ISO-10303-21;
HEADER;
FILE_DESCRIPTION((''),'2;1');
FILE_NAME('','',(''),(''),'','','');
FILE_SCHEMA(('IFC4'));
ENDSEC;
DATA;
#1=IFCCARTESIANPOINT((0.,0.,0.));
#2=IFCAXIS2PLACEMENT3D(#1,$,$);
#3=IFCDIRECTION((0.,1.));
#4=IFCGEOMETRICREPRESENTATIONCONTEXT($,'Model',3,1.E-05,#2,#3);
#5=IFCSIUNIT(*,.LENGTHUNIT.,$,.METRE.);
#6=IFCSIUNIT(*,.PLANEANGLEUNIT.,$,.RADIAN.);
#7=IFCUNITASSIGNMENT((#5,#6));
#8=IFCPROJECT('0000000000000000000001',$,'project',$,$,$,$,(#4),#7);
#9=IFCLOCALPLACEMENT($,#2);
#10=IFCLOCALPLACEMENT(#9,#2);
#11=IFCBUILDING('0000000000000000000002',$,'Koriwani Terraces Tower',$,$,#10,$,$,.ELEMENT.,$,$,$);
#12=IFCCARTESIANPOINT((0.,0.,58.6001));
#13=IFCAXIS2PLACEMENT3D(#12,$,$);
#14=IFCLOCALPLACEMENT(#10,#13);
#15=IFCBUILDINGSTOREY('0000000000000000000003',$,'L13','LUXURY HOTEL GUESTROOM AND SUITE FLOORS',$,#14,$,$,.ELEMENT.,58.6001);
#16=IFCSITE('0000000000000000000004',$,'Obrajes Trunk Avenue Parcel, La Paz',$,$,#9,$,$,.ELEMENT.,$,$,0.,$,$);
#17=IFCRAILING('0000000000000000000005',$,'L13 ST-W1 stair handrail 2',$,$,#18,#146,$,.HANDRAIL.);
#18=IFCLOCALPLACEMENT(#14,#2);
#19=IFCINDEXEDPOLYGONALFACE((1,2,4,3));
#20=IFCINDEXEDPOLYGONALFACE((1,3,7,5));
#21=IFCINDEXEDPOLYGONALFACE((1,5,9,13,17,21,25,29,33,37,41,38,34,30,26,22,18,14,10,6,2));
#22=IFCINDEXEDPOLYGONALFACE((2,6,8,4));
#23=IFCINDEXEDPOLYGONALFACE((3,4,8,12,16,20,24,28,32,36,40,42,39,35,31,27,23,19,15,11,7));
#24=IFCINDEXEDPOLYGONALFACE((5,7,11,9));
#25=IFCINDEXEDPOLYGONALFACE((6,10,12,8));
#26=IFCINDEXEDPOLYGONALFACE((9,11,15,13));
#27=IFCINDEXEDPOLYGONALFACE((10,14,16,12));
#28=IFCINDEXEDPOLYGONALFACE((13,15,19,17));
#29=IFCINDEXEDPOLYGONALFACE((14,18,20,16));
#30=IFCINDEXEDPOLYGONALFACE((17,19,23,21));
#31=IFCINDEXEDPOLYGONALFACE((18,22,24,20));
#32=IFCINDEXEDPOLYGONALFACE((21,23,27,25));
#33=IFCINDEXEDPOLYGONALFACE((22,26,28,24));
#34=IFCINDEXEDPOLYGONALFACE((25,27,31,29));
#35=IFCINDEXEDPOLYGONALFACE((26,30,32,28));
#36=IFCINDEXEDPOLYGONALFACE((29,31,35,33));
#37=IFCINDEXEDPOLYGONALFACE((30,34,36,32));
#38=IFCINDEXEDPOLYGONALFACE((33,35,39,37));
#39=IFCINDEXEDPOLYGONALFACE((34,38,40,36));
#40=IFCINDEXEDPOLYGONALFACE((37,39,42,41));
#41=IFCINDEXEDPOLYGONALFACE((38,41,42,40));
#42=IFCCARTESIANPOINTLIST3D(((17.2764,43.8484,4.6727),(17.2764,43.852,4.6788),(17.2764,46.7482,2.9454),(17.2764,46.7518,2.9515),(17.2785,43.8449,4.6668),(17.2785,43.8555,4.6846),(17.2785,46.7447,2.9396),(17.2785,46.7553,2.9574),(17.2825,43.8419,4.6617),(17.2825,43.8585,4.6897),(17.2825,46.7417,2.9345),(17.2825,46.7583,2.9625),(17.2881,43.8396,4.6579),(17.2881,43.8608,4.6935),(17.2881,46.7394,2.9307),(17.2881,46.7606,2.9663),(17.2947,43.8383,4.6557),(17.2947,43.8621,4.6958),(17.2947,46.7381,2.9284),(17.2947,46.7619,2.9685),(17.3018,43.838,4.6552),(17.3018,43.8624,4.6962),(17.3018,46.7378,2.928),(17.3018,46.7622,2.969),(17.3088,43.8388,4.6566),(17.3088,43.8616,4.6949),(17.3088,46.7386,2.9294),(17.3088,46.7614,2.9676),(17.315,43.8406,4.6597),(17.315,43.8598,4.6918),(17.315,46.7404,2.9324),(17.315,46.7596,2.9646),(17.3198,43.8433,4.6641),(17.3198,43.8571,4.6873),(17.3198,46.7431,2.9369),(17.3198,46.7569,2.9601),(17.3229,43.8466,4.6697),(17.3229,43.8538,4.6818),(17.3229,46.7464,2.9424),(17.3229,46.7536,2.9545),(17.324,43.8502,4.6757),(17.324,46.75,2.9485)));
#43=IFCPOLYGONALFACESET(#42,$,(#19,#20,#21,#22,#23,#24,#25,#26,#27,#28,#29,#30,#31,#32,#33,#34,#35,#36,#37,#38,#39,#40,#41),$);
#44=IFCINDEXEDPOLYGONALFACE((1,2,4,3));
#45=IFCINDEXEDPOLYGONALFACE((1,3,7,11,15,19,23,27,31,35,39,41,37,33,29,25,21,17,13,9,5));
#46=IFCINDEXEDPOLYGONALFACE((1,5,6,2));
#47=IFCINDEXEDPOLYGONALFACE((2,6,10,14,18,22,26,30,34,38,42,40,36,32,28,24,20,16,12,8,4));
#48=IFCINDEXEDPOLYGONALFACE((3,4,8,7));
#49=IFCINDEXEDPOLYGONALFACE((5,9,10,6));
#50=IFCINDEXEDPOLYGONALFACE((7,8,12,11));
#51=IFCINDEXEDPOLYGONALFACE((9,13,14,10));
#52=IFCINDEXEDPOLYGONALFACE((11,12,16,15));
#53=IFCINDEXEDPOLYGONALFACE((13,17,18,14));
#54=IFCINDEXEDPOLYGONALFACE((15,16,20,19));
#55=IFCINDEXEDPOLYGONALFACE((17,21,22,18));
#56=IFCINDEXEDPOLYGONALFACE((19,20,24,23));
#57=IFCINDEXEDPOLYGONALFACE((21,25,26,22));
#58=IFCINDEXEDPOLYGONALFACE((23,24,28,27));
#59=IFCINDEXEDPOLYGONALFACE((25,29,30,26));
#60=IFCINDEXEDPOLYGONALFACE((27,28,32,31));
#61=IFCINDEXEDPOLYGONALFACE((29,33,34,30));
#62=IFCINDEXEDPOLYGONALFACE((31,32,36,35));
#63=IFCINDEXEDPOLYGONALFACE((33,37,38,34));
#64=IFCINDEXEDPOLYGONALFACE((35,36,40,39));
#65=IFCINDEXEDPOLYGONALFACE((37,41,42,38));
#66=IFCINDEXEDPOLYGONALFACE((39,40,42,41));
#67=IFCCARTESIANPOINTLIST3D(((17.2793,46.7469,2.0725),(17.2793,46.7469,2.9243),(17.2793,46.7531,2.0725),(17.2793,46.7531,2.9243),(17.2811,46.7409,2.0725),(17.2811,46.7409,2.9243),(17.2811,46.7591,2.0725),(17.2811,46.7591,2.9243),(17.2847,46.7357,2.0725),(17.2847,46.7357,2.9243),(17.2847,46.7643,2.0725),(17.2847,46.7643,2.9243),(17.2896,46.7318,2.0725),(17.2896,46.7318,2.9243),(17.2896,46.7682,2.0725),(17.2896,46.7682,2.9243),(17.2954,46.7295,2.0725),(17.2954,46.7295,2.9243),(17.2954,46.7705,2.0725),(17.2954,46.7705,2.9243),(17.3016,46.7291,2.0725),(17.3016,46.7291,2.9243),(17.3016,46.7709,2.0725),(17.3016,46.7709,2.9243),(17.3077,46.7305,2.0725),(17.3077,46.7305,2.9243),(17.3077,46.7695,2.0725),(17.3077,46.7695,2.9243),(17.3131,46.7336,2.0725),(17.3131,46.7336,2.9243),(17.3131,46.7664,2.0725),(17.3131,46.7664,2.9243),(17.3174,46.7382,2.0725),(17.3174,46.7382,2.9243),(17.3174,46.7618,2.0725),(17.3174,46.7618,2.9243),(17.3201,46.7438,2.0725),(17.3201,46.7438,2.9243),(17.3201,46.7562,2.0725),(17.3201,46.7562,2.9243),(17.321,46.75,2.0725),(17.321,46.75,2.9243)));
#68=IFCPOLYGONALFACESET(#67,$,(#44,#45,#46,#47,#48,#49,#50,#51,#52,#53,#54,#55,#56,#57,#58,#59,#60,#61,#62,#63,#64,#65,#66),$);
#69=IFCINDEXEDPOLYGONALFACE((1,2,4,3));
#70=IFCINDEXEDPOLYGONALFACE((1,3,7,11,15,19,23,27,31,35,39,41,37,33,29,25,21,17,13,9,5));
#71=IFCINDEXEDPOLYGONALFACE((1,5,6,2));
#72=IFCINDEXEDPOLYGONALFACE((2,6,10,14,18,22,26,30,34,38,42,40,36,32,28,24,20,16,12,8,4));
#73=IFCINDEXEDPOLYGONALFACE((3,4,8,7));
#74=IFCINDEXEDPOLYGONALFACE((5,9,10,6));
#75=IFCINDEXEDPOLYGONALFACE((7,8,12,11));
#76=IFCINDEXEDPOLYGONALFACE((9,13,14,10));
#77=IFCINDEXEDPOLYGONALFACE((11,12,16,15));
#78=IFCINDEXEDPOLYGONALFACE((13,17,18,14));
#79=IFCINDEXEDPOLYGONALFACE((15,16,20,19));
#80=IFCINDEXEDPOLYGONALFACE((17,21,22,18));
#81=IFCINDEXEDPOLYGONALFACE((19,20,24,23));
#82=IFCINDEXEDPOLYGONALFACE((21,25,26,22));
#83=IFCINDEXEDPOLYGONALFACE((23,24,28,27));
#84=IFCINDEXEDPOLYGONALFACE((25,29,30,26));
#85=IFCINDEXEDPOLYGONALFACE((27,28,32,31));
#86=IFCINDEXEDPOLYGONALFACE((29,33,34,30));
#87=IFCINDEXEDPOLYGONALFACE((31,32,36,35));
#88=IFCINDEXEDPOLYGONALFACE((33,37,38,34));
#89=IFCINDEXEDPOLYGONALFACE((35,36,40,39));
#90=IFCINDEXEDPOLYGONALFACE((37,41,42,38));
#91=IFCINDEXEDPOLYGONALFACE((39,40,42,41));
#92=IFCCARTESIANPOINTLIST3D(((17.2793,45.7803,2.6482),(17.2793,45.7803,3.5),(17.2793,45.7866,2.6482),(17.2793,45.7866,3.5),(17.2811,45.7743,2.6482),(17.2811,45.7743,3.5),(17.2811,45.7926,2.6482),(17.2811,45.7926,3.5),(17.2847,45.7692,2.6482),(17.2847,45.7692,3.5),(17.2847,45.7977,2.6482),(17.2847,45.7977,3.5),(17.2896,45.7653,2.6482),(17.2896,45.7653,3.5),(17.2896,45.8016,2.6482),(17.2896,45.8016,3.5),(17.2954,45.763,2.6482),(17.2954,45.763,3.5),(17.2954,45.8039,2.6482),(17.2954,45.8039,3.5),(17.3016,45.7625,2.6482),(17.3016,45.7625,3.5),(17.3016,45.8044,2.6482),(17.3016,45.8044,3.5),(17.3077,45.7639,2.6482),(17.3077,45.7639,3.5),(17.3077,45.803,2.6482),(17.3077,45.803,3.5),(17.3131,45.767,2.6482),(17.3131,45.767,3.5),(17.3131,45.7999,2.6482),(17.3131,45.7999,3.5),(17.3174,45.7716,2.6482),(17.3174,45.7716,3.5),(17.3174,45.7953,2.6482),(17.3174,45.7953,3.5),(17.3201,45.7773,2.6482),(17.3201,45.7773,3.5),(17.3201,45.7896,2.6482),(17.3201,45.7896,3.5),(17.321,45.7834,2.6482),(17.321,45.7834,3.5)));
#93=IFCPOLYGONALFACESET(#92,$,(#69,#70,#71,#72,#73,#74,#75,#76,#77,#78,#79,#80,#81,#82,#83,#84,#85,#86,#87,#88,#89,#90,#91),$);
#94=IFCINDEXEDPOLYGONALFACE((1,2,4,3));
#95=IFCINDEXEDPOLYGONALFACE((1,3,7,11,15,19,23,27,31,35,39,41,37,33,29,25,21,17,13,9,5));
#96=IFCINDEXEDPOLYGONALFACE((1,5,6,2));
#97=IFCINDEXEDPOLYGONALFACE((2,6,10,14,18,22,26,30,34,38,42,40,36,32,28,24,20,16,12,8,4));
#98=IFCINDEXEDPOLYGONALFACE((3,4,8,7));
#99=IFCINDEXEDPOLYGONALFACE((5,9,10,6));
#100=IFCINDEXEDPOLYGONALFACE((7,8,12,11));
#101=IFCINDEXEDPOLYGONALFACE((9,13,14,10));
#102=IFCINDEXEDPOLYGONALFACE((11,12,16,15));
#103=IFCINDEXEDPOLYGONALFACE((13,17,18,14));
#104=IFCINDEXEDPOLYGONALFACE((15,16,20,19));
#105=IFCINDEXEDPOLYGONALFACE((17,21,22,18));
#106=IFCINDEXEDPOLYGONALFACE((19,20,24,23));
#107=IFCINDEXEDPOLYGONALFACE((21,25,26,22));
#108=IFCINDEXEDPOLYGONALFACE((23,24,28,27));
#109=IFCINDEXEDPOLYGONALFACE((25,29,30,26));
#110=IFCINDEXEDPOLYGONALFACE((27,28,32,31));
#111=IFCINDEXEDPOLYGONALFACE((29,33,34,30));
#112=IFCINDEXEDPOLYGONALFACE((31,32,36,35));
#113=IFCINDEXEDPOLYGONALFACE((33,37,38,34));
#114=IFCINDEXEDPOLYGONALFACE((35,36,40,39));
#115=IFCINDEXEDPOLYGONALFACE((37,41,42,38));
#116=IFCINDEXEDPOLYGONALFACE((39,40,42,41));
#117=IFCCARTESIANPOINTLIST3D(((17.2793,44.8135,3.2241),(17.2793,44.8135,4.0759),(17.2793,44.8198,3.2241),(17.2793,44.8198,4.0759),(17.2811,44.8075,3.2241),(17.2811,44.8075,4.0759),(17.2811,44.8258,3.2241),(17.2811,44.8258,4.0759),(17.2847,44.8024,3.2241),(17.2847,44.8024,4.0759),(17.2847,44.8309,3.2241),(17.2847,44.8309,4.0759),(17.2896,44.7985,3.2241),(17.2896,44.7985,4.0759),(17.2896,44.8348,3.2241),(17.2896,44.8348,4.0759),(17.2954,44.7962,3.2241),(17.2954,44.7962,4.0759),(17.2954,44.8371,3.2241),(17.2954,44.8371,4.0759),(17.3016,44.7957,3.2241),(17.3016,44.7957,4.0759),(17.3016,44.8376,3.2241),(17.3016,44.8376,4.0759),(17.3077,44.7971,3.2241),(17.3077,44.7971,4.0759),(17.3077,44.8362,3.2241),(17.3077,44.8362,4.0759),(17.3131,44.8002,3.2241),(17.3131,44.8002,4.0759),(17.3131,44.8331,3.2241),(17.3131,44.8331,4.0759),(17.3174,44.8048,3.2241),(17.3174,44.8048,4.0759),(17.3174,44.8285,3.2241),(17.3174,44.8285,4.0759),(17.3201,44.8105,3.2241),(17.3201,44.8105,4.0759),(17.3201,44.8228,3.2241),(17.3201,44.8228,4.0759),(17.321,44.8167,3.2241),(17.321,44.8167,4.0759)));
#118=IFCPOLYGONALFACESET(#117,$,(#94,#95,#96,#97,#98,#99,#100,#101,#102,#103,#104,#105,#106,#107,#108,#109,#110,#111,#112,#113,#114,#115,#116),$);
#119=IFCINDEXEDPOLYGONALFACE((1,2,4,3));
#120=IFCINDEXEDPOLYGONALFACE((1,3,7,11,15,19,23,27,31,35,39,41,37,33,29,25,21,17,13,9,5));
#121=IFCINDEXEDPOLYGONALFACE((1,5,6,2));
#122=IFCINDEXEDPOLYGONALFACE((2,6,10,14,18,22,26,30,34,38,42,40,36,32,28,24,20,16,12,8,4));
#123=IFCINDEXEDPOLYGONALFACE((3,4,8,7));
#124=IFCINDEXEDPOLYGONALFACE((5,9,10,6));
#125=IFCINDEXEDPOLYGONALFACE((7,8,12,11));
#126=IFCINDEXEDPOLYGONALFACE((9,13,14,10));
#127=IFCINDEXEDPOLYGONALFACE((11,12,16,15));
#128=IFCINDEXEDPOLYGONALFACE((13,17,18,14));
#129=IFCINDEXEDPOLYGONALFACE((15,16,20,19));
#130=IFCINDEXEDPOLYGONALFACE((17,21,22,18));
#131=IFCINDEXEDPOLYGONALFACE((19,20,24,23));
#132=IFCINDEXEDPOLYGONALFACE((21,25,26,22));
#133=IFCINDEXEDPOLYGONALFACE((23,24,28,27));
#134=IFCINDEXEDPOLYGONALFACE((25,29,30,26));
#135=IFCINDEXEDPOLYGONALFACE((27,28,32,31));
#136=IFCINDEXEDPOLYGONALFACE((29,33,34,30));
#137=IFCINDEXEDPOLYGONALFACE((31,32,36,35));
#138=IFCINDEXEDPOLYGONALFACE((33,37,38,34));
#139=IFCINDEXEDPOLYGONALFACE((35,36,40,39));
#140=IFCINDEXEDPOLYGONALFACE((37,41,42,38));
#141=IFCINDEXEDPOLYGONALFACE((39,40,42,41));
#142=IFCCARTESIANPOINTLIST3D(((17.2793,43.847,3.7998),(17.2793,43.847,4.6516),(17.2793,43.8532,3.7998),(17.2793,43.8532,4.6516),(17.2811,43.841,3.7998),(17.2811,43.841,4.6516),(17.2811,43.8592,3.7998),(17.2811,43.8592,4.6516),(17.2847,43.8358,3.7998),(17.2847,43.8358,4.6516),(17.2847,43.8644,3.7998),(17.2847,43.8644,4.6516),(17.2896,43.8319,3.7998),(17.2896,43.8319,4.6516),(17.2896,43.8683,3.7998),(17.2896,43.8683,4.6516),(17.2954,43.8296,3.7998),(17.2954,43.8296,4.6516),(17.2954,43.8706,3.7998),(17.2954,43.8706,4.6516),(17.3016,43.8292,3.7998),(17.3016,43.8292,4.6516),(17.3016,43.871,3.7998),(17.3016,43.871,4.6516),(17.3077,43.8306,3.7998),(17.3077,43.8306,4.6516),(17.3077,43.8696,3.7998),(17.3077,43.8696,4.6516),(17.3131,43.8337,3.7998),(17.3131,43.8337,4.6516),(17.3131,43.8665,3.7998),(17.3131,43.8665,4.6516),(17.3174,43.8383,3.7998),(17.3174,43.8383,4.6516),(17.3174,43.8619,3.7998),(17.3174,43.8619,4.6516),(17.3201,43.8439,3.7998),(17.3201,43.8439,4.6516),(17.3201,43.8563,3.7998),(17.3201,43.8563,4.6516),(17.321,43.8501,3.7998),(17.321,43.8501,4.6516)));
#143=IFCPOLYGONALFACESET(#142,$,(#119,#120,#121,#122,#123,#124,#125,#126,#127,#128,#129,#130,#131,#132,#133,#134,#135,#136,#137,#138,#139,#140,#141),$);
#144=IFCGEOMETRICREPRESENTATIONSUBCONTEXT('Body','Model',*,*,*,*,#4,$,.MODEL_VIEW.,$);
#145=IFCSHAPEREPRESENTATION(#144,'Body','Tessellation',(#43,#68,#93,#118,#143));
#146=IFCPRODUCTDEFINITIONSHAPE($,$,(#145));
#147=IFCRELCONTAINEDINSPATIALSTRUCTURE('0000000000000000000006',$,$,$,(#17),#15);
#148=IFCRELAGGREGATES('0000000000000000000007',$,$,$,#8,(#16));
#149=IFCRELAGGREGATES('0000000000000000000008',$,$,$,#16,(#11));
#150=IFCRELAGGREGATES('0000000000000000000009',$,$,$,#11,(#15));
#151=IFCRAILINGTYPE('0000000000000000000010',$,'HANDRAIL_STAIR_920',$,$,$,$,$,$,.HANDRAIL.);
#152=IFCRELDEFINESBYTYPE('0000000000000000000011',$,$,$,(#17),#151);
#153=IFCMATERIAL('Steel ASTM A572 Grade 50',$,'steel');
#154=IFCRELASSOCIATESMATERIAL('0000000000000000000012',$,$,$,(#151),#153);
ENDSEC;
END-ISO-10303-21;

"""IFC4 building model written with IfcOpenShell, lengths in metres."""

from ifc_helpers import new_model, si_unit, direction, frame, origin, origin_2d, place, context, subcontext, project, spatial, circle, extrude, material, type_object, element, save


model = new_model("IFC4")

# Units and contexts
model_context = context("Model", 3, precision=1e-05, world=origin(), true_north=direction((0.0, 1.0)))
body_context = subcontext(model_context, "Body", "Model", "MODEL_VIEW")
ifc_project = project(units=[si_unit("LENGTHUNIT", "METRE"), si_unit("PLANEANGLEUNIT", "RADIAN")], contexts=[model_context])

# Site, building, storey
site_placement = place(None, origin())
site = spatial("IfcSite", under=ifc_project, at=site_placement, Name="Obrajes Trunk Avenue Parcel, La Paz", CompositionType="ELEMENT", RefElevation=0.0)
building_placement = place(site_placement, origin())
building = spatial("IfcBuilding", under=site, at=building_placement, Name="Koriwani Terraces Tower", CompositionType="ELEMENT")
storey_placement = place(building_placement, frame((0.0, 0.0, 58.6001)))
storey = spatial("IfcBuildingStorey", under=building, at=storey_placement, Name="L13", Description="LUXURY HOTEL GUESTROOM AND SUITE FLOORS", CompositionType="ELEMENT", Elevation=58.6001)

# Shared definitions
ifc_material_1 = material(Name="Steel ASTM A572 Grade 50", Category="steel")

# Railing
railing_type_1 = type_object("IfcRailingType", Name="HANDRAIL_STAIR_920", PredefinedType="HANDRAIL", material=ifc_material_1)
for number, where, name in (
    (1, (17.3, 46.75, 2.0725), "L13 ST-W1 stair handrail 2"),
):
    element("IfcRailing", number, at=place(storey_placement, frame(where)), inside=storey, type_object=railing_type_1, Name=name, PredefinedType="HANDRAIL", context=body_context, shape_type="SweptSolid", body=[
        extrude(circle(Radius=0.0239, at=origin_2d()), frame((0.0, 0.0, 0.876), z_axis=(0.0, -0.859141, 0.511738), x_axis=(1.0, 0.0, 0.0)), (0.0, 0.0, 1.0), 3.3752),
        extrude(circle(Radius=0.021, at=origin_2d()), origin(), (0.0, 0.0, 1.0), 0.8518),
        extrude(circle(Radius=0.021, at=origin_2d()), frame((0.0, -0.9666, 0.5757)), (0.0, 0.0, 1.0), 0.8518),
        extrude(circle(Radius=0.021, at=origin_2d()), frame((0.0, -1.9333, 1.1516)), (0.0, 0.0, 1.0), 0.8518),
        extrude(circle(Radius=0.021, at=origin_2d()), frame((0.0, -2.8999, 1.7273)), (0.0, 0.0, 1.0), 0.8518),
    ])

save(model, "model.ifc")
